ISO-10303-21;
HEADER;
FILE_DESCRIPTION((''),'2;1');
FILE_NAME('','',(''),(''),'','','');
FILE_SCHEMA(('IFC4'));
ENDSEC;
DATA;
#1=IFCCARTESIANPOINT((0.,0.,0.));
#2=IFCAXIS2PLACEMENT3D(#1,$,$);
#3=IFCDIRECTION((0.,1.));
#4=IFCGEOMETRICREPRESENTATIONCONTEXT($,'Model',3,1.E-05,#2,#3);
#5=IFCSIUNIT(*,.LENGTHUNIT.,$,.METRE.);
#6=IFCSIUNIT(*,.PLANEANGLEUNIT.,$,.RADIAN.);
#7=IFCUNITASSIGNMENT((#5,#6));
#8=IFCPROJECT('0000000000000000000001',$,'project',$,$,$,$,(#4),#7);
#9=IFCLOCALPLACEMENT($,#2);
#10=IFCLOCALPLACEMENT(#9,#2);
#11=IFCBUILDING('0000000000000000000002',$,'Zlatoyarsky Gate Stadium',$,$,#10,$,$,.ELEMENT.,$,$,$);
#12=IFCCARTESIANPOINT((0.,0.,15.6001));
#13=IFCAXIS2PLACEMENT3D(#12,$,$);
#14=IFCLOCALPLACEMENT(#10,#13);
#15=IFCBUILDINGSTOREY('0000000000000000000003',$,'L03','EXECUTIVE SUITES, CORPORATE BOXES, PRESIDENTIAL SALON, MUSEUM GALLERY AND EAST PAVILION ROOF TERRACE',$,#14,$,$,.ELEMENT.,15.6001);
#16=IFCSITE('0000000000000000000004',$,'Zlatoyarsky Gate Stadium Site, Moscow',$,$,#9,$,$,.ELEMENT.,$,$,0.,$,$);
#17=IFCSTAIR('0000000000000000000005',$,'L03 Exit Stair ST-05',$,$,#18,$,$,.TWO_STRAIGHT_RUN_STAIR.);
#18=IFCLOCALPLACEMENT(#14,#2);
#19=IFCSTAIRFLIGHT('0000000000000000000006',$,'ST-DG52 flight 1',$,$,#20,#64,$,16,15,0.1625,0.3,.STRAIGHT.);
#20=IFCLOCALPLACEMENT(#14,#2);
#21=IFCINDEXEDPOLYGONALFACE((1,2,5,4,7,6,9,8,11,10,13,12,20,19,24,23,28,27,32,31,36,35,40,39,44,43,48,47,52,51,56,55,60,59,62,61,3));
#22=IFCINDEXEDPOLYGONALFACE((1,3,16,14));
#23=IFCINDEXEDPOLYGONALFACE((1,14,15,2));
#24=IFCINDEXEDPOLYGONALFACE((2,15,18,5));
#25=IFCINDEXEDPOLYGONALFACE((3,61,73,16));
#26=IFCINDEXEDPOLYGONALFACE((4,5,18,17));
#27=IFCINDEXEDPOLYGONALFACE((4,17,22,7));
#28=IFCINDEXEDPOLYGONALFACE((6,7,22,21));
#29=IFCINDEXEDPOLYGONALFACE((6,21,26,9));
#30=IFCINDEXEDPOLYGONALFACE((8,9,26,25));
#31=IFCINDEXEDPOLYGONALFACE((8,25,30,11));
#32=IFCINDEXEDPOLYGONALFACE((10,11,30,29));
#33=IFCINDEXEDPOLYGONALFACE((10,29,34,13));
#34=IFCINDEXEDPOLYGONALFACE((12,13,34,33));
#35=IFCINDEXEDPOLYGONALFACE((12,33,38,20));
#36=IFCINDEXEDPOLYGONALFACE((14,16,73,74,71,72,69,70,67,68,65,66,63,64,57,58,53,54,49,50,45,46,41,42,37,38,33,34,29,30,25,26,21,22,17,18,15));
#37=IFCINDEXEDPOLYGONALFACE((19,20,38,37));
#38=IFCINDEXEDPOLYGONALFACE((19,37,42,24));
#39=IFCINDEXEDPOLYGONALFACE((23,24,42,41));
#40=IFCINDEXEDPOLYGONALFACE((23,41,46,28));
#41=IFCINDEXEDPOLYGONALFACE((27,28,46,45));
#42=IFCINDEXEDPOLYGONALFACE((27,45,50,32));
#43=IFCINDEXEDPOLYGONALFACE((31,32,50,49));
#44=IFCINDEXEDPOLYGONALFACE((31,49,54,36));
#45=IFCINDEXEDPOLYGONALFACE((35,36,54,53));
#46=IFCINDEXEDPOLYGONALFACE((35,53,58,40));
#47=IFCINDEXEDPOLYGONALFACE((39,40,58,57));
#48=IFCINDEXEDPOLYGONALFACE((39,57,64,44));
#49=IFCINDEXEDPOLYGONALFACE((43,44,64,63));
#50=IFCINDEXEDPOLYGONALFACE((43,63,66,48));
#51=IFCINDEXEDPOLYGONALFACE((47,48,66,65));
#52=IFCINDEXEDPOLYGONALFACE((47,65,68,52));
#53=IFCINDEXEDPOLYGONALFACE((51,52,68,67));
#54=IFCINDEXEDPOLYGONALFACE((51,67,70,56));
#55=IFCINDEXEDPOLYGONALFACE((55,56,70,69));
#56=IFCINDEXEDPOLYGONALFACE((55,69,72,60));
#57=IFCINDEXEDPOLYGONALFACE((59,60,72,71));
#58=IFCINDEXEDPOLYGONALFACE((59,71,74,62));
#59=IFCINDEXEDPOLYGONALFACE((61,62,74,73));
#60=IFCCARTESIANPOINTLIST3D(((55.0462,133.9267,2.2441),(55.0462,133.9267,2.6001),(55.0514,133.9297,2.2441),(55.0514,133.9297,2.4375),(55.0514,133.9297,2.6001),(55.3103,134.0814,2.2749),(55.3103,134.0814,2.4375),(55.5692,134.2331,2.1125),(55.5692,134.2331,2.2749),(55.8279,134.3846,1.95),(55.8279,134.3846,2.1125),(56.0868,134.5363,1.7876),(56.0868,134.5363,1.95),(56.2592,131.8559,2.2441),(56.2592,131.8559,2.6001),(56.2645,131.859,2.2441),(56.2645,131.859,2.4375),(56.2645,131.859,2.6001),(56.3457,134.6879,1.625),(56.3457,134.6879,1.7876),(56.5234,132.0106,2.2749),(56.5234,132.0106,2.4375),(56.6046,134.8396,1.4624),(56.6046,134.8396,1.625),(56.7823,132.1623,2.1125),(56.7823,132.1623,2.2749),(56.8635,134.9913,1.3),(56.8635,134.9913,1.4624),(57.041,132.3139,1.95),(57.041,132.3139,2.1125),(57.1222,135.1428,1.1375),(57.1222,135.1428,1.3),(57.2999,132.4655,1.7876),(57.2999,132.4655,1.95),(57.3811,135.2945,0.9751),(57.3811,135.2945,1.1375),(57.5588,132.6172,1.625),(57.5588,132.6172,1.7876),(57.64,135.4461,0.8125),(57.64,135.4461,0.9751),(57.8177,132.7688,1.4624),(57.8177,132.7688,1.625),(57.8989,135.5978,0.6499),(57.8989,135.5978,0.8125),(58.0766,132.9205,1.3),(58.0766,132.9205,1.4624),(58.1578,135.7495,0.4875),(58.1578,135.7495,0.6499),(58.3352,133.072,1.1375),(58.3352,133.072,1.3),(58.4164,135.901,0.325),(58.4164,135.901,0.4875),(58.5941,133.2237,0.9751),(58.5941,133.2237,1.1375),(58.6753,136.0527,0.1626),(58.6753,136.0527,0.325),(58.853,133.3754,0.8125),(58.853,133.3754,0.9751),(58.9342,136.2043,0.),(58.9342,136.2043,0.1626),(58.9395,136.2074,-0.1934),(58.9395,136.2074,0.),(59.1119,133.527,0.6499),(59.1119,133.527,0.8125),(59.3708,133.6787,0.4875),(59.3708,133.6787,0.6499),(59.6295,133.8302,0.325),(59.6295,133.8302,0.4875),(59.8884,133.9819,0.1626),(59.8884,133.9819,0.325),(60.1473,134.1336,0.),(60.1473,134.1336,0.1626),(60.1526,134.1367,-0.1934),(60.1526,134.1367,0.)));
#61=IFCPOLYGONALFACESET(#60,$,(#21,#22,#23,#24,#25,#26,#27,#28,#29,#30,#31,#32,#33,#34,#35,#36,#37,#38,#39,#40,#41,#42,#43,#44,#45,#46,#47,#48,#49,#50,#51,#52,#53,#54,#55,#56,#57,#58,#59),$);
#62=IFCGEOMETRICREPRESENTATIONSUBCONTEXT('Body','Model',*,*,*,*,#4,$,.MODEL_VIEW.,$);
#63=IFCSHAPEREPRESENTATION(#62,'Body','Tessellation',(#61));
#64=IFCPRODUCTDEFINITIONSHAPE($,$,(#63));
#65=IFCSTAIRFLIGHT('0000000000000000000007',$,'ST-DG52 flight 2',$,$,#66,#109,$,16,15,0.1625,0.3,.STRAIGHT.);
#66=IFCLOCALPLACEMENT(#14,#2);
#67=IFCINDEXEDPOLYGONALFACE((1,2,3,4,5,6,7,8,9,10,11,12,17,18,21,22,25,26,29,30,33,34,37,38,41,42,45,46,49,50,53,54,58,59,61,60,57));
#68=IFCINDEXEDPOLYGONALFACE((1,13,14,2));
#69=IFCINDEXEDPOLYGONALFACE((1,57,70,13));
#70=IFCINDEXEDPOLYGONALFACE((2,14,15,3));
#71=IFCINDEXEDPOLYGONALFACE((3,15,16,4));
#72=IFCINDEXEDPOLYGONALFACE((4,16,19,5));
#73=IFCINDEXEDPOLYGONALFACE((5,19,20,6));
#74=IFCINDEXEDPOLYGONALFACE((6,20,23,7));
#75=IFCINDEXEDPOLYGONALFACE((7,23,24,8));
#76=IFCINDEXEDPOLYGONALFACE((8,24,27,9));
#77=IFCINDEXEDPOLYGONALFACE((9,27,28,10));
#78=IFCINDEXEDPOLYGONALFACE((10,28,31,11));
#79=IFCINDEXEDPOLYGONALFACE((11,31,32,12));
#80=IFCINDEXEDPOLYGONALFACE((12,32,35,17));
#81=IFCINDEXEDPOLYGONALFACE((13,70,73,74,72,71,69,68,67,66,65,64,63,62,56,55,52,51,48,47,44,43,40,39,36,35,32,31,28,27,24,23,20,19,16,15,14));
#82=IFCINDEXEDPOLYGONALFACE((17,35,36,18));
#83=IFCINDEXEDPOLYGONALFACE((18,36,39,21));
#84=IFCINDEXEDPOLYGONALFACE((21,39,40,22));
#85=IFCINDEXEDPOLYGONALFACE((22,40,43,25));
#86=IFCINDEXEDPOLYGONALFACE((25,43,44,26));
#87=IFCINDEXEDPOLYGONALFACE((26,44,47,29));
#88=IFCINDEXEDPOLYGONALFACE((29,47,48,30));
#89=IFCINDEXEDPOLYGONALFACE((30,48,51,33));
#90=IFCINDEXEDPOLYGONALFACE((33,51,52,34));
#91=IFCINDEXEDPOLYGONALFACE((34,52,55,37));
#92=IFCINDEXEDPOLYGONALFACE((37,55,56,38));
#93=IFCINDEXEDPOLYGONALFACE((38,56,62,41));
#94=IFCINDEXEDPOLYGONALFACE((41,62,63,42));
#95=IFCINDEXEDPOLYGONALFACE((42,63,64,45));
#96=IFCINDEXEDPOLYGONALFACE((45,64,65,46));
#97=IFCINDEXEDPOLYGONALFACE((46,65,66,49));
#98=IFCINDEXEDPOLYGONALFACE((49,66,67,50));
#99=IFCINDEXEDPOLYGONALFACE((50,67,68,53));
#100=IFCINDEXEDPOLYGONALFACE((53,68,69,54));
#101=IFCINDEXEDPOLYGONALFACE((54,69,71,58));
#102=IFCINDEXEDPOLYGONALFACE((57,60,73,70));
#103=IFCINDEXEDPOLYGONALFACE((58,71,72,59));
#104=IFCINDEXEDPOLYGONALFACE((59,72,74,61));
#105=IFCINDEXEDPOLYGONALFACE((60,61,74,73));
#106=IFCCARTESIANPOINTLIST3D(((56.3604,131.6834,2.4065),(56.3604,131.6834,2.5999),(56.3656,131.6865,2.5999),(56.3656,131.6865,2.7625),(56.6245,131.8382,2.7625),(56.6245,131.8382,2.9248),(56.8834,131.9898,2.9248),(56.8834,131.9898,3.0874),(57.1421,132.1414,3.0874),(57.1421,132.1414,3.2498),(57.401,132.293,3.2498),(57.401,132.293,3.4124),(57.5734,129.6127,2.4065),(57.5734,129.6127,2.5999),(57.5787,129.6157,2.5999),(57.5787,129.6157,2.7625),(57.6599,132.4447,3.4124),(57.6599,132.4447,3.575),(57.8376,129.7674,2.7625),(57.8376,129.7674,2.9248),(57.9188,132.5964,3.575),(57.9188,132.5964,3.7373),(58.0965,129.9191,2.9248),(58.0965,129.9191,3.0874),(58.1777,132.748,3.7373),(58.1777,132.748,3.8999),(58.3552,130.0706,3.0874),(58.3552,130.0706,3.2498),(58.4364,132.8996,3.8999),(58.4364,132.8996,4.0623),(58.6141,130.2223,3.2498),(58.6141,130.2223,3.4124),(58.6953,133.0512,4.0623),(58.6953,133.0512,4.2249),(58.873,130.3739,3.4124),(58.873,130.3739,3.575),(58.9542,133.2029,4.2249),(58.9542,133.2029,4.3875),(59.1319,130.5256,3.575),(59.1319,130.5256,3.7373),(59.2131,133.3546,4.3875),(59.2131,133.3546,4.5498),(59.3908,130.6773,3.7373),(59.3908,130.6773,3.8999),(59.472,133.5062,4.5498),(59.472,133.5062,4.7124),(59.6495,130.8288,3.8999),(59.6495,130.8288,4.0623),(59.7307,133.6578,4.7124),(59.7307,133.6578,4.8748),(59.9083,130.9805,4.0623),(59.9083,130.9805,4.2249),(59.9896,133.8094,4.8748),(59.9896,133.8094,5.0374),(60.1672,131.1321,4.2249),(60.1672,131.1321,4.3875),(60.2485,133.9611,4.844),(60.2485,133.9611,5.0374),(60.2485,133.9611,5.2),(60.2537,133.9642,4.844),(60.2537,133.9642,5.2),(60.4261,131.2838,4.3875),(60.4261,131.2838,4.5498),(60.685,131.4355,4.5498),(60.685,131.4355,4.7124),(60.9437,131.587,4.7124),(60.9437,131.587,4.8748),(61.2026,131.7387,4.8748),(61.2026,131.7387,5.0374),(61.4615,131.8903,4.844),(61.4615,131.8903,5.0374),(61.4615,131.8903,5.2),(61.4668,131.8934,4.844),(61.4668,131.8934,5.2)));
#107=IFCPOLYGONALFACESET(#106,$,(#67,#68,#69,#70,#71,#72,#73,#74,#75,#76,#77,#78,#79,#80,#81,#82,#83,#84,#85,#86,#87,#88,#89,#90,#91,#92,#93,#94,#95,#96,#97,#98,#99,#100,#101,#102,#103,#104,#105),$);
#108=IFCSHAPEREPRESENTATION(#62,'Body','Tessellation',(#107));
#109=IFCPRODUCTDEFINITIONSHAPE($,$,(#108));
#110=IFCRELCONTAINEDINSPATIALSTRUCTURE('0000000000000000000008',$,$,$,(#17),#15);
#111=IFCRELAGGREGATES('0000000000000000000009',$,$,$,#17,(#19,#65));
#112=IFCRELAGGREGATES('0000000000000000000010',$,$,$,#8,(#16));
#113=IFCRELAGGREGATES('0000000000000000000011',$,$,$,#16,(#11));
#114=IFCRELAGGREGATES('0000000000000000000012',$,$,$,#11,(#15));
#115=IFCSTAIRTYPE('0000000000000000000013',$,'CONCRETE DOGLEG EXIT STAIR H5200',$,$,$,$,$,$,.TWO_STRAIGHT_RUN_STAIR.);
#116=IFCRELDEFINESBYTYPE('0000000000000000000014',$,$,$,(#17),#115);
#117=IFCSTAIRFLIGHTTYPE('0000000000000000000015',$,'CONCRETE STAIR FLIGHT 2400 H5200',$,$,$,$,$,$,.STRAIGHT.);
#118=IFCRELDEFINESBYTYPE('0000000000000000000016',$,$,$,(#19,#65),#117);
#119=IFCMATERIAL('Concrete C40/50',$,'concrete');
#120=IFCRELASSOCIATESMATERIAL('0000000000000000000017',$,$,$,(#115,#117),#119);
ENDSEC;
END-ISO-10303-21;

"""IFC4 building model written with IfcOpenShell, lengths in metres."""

from ifc_helpers import new_model, si_unit, direction, frame, origin, place, context, subcontext, project, spatial, polyline, outline, extrude, material, type_object, element, aggregate, save


model = new_model("IFC4")

# Units and contexts
model_context = context("Model", 3, precision=1e-05, world=origin(), true_north=direction((0.0, 1.0)))
body_context = subcontext(model_context, "Body", "Model", "MODEL_VIEW")
ifc_project = project(units=[si_unit("LENGTHUNIT", "METRE"), si_unit("PLANEANGLEUNIT", "RADIAN")], contexts=[model_context])

# Site, building, storey
site_placement = place(None, origin())
site = spatial("IfcSite", under=ifc_project, at=site_placement, Name="Zlatoyarsky Gate Stadium Site, Moscow", CompositionType="ELEMENT", RefElevation=0.0)
building_placement = place(site_placement, origin())
building = spatial("IfcBuilding", under=site, at=building_placement, Name="Zlatoyarsky Gate Stadium", CompositionType="ELEMENT")
storey_placement = place(building_placement, frame((0.0, 0.0, 15.6001)))
storey = spatial("IfcBuildingStorey", under=building, at=storey_placement, Name="L03", Description="EXECUTIVE SUITES, CORPORATE BOXES, PRESIDENTIAL SALON, MUSEUM GALLERY AND EAST PAVILION ROOF TERRACE", CompositionType="ELEMENT", Elevation=15.6001)

# Shared definitions
ifc_material_1 = material(Name="Concrete C40/50", Category="concrete")

# Stair, stair flights
stair_type = type_object("IfcStairType", Name="CONCRETE DOGLEG EXIT STAIR H5200", PredefinedType="TWO_STRAIGHT_RUN_STAIR", material=ifc_material_1)
stair_placement = place(storey_placement, origin())
stair = element("IfcStair", 1, at=stair_placement, inside=storey, type_object=stair_type, Name="L03 Exit Stair ST-05", PredefinedType="TWO_STRAIGHT_RUN_STAIR")
stair_flight_type = type_object("IfcStairFlightType", Name="CONCRETE STAIR FLIGHT 2400 H5200", PredefinedType="STRAIGHT", material=ifc_material_1)
stair_flight_1_placement = place(storey_placement, frame((59.5408, 135.1689, 0.0), z_axis=(0.0, 0.0, 1.0), x_axis=(-0.862848, -0.505463, 0.0)))
stair_flight_1 = element("IfcStairFlight", 2, at=stair_flight_1_placement, type_object=stair_flight_type, Name="ST-DG52 flight 1", NumberOfRisers=16, NumberOfTreads=15, PredefinedType="STRAIGHT", RiserHeight=0.1625, TreadLength=0.3, context=body_context, shape_type="SweptSolid", body=[
    extrude(outline(polyline([(-0.0061, -0.1934), (-0.0061, 0.0), (0.0, 0.0), (0.0, 0.1626), (0.3, 0.1626), (0.3, 0.325), (0.6001, 0.325), (0.6001, 0.4875), (0.8999, 0.4875), (0.8999, 0.6499), (1.2, 0.6499), (1.2, 0.8125), (1.5, 0.8125), (1.5, 0.9751), (1.8, 0.9751), (1.8, 1.1375), (2.1001, 1.1375), (2.1001, 1.3), (2.3999, 1.3), (2.3999, 1.4624), (2.7, 1.4624), (2.7, 1.625), (3.0, 1.625), (3.0, 1.7876), (3.3, 1.7876), (3.3, 1.95), (3.6001, 1.95), (3.6001, 2.1125), (3.8999, 2.1125), (3.8999, 2.2749), (4.2, 2.2749), (4.2, 2.4375), (4.5, 2.4375), (4.5, 2.6001), (4.5061, 2.6001), (4.5061, 2.2441), (4.5, 2.2441), (-0.0061, -0.1934)])), frame((0.0, 1.2, 0.0), z_axis=(0.0, -1.0, 0.0), x_axis=(1.0, 0.0, 0.0)), (0.0, 0.0, 1.0), 2.3999),
])
stair_flight_2_placement = place(storey_placement, frame((56.9722, 130.6511, 2.5999), z_axis=(0.0, 0.0, 1.0), x_axis=(0.862848, 0.505463, 0.0)))
stair_flight_2 = element("IfcStairFlight", 3, at=stair_flight_2_placement, type_object=stair_flight_type, Name="ST-DG52 flight 2", NumberOfRisers=16, NumberOfTreads=15, PredefinedType="STRAIGHT", RiserHeight=0.1625, TreadLength=0.3, context=body_context, shape_type="SweptSolid", body=[
    extrude(outline(polyline([(-0.0061, -0.1934), (-0.0061, 0.0), (0.0, 0.0), (0.0, 0.1626), (0.3, 0.1626), (0.3, 0.325), (0.6001, 0.325), (0.6001, 0.4875), (0.8999, 0.4875), (0.8999, 0.6499), (1.2, 0.6499), (1.2, 0.8125), (1.5, 0.8125), (1.5, 0.9751), (1.8, 0.9751), (1.8, 1.1375), (2.1001, 1.1375), (2.1001, 1.3), (2.3999, 1.3), (2.3999, 1.4624), (2.7, 1.4624), (2.7, 1.625), (3.0, 1.625), (3.0, 1.7876), (3.3, 1.7876), (3.3, 1.95), (3.6001, 1.95), (3.6001, 2.1125), (3.8999, 2.1125), (3.8999, 2.2749), (4.2, 2.2749), (4.2, 2.4375), (4.5, 2.4375), (4.5, 2.6001), (4.5061, 2.6001), (4.5061, 2.2441), (4.5, 2.2441), (-0.0061, -0.1934)])), frame((0.0, 1.2, 0.0), z_axis=(0.0, -1.0, 0.0), x_axis=(1.0, 0.0, 0.0)), (0.0, 0.0, 1.0), 2.3999),
])
aggregate(stair, [stair_flight_1, stair_flight_2])

save(model, "model.ifc")
